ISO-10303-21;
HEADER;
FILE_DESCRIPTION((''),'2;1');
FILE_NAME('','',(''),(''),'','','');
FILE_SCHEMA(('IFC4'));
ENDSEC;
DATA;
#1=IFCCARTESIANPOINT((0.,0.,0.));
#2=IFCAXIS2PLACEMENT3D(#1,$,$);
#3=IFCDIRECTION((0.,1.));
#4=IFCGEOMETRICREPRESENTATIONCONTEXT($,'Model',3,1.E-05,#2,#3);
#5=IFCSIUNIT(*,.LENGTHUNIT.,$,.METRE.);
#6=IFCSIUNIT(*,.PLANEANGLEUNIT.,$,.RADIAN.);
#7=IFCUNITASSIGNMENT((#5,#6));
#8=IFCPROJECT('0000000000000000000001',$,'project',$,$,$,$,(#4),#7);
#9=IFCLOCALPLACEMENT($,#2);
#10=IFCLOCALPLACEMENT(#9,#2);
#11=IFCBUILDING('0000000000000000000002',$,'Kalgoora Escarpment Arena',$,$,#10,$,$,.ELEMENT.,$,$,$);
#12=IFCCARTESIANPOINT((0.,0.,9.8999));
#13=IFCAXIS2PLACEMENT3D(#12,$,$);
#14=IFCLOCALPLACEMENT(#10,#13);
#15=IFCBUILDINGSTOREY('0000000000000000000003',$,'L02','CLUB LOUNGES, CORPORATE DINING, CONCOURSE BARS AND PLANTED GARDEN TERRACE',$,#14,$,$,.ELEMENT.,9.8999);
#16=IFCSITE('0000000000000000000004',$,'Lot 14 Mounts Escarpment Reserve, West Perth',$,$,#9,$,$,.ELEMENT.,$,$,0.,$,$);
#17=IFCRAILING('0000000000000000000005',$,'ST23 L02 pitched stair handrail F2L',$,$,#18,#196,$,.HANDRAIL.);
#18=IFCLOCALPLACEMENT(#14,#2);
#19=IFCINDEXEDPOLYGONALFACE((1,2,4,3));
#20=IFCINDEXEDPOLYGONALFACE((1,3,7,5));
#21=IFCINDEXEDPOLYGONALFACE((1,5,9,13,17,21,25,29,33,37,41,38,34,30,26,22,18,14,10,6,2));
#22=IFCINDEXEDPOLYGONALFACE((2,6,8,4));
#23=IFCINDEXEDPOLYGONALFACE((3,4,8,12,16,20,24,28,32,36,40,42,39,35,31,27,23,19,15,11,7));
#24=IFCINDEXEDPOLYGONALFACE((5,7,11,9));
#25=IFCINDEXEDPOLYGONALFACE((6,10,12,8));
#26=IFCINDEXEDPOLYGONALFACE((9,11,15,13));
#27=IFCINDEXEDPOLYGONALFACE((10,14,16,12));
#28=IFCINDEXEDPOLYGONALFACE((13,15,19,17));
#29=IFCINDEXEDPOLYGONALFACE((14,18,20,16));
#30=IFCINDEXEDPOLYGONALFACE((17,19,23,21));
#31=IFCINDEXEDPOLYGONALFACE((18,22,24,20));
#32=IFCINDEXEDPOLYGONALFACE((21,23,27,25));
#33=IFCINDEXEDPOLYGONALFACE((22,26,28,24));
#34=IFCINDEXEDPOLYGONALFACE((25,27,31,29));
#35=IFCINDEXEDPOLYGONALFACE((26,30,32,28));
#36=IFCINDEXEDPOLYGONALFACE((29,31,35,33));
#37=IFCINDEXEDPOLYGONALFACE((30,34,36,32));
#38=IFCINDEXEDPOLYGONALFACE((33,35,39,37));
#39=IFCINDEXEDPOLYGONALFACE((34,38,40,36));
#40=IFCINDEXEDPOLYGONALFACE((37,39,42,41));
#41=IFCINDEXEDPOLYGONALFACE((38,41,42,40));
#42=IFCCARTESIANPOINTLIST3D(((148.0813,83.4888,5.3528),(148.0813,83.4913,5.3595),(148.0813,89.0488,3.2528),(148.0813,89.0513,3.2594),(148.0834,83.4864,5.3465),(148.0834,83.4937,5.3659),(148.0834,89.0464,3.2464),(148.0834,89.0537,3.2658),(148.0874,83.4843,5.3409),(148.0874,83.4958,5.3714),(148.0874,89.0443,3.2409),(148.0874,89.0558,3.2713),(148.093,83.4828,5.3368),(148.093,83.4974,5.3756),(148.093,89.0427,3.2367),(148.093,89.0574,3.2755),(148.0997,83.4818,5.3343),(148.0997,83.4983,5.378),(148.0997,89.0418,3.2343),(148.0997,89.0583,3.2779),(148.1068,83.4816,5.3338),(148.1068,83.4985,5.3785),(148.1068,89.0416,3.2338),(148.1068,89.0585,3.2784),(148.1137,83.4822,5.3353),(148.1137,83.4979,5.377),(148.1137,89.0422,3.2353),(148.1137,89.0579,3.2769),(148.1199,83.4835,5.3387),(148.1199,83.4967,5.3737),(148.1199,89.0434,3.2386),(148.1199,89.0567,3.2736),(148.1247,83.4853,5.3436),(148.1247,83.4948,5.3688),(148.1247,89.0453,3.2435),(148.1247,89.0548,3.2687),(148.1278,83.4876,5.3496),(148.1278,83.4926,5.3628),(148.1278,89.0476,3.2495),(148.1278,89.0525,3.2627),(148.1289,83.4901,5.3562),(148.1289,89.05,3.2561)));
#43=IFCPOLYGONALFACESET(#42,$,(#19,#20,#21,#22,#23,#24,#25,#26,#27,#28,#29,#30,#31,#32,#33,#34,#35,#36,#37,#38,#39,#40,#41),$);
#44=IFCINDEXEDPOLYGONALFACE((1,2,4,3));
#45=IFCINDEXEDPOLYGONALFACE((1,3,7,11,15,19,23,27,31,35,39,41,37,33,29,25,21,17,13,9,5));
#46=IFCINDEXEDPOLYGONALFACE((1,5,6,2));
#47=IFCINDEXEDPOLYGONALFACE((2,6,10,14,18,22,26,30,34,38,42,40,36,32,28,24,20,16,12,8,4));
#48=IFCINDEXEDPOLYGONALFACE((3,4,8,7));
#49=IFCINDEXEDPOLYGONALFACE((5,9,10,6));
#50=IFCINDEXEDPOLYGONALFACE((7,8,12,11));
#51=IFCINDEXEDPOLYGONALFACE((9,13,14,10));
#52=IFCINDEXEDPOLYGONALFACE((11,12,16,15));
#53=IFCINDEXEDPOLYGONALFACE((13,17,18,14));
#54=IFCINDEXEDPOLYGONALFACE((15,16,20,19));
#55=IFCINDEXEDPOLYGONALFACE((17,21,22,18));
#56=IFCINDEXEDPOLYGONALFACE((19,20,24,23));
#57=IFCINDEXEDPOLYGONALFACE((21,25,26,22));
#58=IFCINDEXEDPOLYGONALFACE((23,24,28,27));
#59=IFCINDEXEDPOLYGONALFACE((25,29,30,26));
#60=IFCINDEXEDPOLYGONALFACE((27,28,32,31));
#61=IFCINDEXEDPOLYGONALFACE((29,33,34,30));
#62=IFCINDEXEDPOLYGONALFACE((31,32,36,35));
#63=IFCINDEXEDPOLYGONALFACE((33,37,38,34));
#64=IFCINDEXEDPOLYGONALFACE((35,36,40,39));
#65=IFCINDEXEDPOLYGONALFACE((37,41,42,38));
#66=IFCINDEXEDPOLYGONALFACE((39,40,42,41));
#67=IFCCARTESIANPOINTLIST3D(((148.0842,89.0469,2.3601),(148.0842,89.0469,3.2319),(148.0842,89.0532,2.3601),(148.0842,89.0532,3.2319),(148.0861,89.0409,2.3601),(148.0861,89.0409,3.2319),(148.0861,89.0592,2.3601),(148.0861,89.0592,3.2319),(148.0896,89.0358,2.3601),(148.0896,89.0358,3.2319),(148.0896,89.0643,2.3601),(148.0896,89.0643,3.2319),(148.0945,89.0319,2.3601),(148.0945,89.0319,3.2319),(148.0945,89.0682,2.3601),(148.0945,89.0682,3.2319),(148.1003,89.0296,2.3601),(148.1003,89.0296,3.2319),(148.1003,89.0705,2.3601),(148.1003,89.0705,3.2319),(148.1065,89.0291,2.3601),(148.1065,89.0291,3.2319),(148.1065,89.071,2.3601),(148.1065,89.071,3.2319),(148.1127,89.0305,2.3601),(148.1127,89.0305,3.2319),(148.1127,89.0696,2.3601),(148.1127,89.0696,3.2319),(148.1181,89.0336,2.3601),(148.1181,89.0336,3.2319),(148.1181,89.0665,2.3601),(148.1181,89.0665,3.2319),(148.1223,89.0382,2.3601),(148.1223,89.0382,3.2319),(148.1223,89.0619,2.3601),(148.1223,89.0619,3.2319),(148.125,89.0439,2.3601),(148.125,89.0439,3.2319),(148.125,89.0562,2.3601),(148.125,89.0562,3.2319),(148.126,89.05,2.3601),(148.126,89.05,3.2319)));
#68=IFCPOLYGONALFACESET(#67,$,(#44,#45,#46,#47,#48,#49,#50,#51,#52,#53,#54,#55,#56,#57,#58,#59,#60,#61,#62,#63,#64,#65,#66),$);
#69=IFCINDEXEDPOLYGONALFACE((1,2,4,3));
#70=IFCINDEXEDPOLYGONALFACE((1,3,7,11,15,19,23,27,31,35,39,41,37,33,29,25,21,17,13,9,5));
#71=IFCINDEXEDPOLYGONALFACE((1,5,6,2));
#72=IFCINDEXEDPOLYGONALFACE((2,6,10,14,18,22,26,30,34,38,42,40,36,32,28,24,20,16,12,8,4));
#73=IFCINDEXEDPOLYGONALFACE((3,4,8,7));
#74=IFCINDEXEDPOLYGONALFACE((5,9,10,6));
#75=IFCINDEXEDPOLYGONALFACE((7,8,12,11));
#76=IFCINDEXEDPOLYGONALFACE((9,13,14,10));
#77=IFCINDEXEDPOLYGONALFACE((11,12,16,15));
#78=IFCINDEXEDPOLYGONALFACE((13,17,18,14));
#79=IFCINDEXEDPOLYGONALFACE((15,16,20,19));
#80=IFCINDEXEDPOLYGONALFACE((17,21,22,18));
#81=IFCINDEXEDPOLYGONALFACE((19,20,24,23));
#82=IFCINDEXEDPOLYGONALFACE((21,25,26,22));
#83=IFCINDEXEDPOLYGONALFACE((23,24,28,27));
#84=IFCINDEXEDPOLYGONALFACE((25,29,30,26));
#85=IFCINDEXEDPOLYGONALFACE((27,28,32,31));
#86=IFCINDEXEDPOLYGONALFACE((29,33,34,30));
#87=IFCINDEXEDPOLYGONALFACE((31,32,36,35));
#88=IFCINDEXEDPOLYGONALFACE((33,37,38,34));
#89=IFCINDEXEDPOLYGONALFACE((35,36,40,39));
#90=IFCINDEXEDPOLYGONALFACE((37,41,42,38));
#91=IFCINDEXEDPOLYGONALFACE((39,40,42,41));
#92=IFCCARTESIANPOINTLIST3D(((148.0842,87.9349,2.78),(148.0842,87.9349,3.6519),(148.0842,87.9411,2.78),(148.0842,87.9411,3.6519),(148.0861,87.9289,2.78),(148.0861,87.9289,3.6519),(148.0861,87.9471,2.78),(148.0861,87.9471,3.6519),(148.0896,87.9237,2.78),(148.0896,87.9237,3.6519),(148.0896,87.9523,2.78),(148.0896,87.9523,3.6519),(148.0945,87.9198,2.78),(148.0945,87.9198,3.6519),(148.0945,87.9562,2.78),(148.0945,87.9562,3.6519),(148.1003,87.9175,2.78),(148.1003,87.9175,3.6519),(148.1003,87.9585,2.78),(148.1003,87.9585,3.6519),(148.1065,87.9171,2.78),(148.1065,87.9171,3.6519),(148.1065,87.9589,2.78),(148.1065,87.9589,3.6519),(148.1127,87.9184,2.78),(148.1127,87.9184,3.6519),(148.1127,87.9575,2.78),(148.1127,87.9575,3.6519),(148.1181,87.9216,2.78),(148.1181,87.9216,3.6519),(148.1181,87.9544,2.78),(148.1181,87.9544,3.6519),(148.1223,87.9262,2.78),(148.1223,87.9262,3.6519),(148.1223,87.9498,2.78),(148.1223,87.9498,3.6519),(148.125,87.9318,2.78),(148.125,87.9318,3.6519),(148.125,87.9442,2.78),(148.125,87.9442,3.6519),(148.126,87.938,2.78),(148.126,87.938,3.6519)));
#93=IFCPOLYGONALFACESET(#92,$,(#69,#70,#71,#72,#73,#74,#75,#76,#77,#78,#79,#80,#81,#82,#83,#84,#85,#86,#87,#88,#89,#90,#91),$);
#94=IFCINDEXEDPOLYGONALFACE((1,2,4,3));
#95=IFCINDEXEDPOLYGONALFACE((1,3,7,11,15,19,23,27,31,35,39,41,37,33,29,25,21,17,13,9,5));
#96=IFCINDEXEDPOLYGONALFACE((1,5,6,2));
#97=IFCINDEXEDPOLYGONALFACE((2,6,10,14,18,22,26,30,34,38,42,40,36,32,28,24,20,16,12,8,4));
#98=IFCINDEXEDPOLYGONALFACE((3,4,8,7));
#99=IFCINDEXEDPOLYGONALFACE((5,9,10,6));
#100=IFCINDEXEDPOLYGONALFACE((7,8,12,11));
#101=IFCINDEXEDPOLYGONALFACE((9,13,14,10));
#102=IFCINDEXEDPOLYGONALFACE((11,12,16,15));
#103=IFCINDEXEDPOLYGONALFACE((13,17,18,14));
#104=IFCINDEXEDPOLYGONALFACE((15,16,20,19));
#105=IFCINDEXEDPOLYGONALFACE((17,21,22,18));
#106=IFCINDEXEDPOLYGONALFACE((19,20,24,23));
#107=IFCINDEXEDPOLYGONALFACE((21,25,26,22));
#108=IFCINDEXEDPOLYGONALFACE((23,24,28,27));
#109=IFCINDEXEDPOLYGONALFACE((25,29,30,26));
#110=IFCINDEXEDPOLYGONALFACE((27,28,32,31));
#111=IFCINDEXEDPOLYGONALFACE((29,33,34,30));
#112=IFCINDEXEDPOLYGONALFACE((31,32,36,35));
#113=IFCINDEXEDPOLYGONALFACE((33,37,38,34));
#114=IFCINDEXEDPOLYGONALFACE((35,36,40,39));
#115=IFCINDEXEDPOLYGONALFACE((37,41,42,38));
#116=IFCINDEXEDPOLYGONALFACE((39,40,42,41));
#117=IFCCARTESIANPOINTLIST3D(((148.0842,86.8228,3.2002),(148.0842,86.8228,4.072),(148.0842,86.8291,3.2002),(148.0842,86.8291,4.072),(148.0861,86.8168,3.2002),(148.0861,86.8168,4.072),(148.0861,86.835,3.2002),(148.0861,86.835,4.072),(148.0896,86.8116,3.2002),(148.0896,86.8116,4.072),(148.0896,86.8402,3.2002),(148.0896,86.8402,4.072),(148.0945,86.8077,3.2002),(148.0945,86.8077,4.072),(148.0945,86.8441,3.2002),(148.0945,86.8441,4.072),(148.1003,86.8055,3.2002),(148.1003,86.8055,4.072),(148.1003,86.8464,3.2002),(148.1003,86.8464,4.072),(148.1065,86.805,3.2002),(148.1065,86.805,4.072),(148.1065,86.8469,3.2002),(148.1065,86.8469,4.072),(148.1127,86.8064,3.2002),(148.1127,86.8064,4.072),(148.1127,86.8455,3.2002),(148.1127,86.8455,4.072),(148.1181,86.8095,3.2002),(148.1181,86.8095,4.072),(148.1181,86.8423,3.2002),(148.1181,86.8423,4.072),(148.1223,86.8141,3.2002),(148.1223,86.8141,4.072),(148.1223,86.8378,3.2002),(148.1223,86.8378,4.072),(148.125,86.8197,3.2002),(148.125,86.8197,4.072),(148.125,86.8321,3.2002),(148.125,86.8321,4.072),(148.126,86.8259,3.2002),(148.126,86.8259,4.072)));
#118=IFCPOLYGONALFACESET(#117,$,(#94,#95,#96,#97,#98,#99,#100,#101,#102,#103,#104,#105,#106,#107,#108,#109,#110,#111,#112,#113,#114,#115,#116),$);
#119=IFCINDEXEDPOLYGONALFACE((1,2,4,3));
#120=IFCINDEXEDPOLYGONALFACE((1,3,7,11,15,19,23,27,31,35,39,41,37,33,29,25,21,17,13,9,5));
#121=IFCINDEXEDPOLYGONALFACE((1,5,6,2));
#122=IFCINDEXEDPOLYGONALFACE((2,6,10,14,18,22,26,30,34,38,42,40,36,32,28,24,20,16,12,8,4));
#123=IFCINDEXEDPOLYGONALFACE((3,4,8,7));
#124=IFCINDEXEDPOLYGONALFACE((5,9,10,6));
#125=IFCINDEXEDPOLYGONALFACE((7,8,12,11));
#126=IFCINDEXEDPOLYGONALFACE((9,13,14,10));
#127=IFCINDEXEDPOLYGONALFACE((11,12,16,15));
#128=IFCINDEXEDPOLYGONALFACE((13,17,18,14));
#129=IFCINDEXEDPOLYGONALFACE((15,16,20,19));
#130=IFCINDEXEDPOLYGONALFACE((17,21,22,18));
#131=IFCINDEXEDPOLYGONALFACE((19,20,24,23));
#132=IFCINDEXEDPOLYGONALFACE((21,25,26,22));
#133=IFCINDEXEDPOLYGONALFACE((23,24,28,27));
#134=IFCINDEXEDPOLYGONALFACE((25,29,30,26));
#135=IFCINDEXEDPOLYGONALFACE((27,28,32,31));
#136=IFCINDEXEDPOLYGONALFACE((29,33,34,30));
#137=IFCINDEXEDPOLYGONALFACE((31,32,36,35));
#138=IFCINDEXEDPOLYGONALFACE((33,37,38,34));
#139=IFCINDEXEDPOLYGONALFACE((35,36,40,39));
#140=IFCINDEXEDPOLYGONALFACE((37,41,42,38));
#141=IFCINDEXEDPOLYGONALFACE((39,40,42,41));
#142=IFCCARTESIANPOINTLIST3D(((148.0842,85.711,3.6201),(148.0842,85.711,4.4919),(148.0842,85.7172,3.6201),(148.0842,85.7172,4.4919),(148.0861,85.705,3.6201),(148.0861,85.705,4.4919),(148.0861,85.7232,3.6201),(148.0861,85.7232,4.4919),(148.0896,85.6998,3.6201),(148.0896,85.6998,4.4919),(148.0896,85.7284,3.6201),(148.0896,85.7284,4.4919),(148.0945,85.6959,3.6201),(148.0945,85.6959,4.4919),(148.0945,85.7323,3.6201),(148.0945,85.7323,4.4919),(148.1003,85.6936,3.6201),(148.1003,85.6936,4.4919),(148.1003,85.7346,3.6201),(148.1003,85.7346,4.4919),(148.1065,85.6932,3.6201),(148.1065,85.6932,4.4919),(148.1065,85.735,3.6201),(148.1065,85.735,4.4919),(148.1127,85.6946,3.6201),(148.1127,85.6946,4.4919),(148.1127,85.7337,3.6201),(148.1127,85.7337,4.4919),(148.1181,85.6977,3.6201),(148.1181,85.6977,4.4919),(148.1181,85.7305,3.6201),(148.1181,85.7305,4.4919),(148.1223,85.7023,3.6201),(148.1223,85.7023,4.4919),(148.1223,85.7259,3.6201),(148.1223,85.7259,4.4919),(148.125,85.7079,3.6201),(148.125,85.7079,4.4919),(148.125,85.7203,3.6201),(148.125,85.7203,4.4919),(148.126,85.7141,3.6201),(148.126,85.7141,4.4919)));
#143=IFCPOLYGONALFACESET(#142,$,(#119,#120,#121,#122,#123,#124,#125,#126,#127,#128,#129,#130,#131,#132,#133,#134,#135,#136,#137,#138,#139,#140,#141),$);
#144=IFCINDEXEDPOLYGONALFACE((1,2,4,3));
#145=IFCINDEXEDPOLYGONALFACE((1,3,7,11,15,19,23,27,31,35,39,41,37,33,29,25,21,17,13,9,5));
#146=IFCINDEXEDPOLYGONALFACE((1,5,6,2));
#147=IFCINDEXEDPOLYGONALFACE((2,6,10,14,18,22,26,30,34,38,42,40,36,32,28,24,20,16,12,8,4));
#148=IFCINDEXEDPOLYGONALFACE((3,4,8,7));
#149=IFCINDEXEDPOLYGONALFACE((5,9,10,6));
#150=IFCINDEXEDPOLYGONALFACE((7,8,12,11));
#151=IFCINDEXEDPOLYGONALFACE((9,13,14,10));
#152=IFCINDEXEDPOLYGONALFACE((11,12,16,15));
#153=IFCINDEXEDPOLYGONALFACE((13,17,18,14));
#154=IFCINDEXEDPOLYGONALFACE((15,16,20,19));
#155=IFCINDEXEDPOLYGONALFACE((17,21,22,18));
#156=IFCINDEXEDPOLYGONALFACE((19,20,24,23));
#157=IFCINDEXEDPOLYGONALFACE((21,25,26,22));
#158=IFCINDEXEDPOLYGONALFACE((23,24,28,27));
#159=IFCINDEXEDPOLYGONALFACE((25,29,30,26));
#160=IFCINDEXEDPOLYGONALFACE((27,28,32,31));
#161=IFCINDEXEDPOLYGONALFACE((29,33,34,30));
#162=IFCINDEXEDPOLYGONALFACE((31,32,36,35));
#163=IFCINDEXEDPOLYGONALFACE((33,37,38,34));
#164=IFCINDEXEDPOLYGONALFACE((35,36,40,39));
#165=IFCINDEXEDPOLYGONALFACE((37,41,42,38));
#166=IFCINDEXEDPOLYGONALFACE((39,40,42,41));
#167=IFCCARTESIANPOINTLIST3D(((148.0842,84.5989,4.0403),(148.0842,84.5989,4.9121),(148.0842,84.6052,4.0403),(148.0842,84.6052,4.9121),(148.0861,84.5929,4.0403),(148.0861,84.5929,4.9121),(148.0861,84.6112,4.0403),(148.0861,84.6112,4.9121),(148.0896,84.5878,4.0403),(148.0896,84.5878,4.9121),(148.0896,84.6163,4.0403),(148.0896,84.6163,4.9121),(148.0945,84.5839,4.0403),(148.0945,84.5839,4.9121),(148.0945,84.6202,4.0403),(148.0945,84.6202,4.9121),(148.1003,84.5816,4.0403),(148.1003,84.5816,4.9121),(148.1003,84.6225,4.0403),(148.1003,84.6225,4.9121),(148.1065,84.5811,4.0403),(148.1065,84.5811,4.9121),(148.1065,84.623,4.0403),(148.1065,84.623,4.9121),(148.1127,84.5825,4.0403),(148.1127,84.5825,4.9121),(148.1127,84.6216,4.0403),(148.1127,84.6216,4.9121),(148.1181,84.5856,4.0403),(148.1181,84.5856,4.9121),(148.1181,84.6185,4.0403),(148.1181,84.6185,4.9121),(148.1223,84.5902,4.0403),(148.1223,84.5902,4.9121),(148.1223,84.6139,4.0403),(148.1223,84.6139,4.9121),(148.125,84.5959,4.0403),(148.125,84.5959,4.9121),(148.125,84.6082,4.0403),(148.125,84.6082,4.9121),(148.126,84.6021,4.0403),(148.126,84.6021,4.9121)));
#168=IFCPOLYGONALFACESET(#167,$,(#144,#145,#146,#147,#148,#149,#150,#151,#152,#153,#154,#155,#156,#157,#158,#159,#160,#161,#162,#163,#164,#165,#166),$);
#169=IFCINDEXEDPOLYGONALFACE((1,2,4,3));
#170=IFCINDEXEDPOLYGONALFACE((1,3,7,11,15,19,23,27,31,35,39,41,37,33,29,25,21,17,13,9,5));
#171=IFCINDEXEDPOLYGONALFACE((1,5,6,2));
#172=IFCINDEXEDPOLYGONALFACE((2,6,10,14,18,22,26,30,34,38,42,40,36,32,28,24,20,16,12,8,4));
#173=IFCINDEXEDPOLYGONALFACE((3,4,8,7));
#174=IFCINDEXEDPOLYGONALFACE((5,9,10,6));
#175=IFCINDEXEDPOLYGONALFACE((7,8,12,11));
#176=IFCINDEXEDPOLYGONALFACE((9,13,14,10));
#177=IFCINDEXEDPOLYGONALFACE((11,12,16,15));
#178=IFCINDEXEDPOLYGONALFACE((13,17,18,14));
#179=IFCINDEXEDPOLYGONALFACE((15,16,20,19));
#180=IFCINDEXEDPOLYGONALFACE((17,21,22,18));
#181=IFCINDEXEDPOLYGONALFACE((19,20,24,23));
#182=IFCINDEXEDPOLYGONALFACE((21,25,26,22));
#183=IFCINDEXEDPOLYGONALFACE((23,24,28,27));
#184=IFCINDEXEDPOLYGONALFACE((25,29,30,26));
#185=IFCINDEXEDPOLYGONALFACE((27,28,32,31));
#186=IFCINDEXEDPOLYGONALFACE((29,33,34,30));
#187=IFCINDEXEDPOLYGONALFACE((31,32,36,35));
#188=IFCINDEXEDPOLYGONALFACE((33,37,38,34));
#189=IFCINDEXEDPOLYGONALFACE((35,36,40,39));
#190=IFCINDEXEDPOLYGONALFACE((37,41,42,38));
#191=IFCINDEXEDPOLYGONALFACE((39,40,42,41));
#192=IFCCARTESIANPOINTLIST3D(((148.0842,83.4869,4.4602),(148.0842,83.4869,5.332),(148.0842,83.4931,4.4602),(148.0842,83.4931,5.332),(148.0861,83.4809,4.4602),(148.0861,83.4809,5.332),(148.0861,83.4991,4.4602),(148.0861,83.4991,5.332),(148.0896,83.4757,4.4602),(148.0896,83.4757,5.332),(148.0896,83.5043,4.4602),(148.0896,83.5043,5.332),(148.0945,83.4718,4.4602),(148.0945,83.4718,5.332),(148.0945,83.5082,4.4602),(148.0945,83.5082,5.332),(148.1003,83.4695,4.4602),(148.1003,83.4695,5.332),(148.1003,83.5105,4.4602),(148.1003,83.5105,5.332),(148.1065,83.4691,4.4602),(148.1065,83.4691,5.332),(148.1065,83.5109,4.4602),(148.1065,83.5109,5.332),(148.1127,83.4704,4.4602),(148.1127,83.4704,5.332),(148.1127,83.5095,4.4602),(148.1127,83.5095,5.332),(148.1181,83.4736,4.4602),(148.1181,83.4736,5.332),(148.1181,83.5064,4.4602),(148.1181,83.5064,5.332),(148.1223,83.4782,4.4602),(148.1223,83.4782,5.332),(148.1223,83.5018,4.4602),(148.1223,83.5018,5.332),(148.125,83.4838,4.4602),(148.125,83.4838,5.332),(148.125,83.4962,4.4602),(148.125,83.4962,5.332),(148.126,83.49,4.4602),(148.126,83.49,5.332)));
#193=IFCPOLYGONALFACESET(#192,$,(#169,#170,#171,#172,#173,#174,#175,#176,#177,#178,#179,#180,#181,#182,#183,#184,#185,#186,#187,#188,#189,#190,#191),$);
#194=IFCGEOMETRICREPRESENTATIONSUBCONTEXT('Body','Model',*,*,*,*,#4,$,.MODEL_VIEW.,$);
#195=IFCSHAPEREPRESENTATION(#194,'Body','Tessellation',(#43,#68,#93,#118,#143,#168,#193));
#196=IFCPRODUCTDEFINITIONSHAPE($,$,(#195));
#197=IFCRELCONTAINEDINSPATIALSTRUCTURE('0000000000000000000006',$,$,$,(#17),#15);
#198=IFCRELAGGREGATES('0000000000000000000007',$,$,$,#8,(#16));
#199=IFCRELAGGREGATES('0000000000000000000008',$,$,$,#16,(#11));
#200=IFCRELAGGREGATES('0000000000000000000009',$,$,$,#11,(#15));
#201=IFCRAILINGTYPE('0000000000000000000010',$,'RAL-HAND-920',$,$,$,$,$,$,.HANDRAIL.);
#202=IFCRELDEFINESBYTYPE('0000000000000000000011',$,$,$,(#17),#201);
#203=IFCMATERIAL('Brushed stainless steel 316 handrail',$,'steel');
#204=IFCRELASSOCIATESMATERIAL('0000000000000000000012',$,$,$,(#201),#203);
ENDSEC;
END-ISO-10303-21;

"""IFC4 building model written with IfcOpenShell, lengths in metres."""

from ifc_helpers import new_model, si_unit, direction, frame, origin, origin_2d, place, context, subcontext, project, spatial, circle, extrude, material, type_object, element, save


model = new_model("IFC4")

# Units and contexts
model_context = context("Model", 3, precision=1e-05, world=origin(), true_north=direction((0.0, 1.0)))
body_context = subcontext(model_context, "Body", "Model", "MODEL_VIEW")
ifc_project = project(units=[si_unit("LENGTHUNIT", "METRE"), si_unit("PLANEANGLEUNIT", "RADIAN")], contexts=[model_context])

# Site, building, storey
site_placement = place(None, origin())
site = spatial("IfcSite", under=ifc_project, at=site_placement, Name="Lot 14 Mounts Escarpment Reserve, West Perth", CompositionType="ELEMENT", RefElevation=0.0)
building_placement = place(site_placement, origin())
building = spatial("IfcBuilding", under=site, at=building_placement, Name="Kalgoora Escarpment Arena", CompositionType="ELEMENT")
storey_placement = place(building_placement, frame((0.0, 0.0, 9.8999)))
storey = spatial("IfcBuildingStorey", under=building, at=storey_placement, Name="L02", Description="CLUB LOUNGES, CORPORATE DINING, CONCOURSE BARS AND PLANTED GARDEN TERRACE", CompositionType="ELEMENT", Elevation=9.8999)

# Railing
ifc_material_1 = material(Name="Brushed stainless steel 316 handrail", Category="steel")
railing_type_1 = type_object("IfcRailingType", Name="RAL-HAND-920", PredefinedType="HANDRAIL", material=ifc_material_1)
for number, where, name in (
    (1, (148.105, 89.05, 2.3601), "ST23 L02 pitched stair handrail F2L"),
):
    element("IfcRailing", number, at=place(storey_placement, frame(where)), inside=storey, type_object=railing_type_1, Name=name, PredefinedType="HANDRAIL", context=body_context, shape_type="SweptSolid", body=[
        extrude(circle(Radius=0.0239, at=origin_2d()), frame((0.0, 0.0, 0.896), z_axis=(0.0, -0.935493, 0.353346), x_axis=(1.0, 0.0, 0.0)), (0.0, 0.0, 1.0), 5.9434),
        extrude(circle(Radius=0.021, at=origin_2d()), origin(), (0.0, 0.0, 1.0), 0.8718),
        extrude(circle(Radius=0.021, at=origin_2d()), frame((0.0, -1.1121, 0.4199)), (0.0, 0.0, 1.0), 0.8718),
        extrude(circle(Radius=0.021, at=origin_2d()), frame((0.0, -2.2241, 0.8401)), (0.0, 0.0, 1.0), 0.8718),
        extrude(circle(Radius=0.021, at=origin_2d()), frame((0.0, -3.3359, 1.26)), (0.0, 0.0, 1.0), 0.8718),
        extrude(circle(Radius=0.021, at=origin_2d()), frame((0.0, -4.448, 1.6802)), (0.0, 0.0, 1.0), 0.8718),
        extrude(circle(Radius=0.021, at=origin_2d()), frame((0.0, -5.5601, 2.1001)), (0.0, 0.0, 1.0), 0.8718),
    ])

save(model, "model.ifc")
